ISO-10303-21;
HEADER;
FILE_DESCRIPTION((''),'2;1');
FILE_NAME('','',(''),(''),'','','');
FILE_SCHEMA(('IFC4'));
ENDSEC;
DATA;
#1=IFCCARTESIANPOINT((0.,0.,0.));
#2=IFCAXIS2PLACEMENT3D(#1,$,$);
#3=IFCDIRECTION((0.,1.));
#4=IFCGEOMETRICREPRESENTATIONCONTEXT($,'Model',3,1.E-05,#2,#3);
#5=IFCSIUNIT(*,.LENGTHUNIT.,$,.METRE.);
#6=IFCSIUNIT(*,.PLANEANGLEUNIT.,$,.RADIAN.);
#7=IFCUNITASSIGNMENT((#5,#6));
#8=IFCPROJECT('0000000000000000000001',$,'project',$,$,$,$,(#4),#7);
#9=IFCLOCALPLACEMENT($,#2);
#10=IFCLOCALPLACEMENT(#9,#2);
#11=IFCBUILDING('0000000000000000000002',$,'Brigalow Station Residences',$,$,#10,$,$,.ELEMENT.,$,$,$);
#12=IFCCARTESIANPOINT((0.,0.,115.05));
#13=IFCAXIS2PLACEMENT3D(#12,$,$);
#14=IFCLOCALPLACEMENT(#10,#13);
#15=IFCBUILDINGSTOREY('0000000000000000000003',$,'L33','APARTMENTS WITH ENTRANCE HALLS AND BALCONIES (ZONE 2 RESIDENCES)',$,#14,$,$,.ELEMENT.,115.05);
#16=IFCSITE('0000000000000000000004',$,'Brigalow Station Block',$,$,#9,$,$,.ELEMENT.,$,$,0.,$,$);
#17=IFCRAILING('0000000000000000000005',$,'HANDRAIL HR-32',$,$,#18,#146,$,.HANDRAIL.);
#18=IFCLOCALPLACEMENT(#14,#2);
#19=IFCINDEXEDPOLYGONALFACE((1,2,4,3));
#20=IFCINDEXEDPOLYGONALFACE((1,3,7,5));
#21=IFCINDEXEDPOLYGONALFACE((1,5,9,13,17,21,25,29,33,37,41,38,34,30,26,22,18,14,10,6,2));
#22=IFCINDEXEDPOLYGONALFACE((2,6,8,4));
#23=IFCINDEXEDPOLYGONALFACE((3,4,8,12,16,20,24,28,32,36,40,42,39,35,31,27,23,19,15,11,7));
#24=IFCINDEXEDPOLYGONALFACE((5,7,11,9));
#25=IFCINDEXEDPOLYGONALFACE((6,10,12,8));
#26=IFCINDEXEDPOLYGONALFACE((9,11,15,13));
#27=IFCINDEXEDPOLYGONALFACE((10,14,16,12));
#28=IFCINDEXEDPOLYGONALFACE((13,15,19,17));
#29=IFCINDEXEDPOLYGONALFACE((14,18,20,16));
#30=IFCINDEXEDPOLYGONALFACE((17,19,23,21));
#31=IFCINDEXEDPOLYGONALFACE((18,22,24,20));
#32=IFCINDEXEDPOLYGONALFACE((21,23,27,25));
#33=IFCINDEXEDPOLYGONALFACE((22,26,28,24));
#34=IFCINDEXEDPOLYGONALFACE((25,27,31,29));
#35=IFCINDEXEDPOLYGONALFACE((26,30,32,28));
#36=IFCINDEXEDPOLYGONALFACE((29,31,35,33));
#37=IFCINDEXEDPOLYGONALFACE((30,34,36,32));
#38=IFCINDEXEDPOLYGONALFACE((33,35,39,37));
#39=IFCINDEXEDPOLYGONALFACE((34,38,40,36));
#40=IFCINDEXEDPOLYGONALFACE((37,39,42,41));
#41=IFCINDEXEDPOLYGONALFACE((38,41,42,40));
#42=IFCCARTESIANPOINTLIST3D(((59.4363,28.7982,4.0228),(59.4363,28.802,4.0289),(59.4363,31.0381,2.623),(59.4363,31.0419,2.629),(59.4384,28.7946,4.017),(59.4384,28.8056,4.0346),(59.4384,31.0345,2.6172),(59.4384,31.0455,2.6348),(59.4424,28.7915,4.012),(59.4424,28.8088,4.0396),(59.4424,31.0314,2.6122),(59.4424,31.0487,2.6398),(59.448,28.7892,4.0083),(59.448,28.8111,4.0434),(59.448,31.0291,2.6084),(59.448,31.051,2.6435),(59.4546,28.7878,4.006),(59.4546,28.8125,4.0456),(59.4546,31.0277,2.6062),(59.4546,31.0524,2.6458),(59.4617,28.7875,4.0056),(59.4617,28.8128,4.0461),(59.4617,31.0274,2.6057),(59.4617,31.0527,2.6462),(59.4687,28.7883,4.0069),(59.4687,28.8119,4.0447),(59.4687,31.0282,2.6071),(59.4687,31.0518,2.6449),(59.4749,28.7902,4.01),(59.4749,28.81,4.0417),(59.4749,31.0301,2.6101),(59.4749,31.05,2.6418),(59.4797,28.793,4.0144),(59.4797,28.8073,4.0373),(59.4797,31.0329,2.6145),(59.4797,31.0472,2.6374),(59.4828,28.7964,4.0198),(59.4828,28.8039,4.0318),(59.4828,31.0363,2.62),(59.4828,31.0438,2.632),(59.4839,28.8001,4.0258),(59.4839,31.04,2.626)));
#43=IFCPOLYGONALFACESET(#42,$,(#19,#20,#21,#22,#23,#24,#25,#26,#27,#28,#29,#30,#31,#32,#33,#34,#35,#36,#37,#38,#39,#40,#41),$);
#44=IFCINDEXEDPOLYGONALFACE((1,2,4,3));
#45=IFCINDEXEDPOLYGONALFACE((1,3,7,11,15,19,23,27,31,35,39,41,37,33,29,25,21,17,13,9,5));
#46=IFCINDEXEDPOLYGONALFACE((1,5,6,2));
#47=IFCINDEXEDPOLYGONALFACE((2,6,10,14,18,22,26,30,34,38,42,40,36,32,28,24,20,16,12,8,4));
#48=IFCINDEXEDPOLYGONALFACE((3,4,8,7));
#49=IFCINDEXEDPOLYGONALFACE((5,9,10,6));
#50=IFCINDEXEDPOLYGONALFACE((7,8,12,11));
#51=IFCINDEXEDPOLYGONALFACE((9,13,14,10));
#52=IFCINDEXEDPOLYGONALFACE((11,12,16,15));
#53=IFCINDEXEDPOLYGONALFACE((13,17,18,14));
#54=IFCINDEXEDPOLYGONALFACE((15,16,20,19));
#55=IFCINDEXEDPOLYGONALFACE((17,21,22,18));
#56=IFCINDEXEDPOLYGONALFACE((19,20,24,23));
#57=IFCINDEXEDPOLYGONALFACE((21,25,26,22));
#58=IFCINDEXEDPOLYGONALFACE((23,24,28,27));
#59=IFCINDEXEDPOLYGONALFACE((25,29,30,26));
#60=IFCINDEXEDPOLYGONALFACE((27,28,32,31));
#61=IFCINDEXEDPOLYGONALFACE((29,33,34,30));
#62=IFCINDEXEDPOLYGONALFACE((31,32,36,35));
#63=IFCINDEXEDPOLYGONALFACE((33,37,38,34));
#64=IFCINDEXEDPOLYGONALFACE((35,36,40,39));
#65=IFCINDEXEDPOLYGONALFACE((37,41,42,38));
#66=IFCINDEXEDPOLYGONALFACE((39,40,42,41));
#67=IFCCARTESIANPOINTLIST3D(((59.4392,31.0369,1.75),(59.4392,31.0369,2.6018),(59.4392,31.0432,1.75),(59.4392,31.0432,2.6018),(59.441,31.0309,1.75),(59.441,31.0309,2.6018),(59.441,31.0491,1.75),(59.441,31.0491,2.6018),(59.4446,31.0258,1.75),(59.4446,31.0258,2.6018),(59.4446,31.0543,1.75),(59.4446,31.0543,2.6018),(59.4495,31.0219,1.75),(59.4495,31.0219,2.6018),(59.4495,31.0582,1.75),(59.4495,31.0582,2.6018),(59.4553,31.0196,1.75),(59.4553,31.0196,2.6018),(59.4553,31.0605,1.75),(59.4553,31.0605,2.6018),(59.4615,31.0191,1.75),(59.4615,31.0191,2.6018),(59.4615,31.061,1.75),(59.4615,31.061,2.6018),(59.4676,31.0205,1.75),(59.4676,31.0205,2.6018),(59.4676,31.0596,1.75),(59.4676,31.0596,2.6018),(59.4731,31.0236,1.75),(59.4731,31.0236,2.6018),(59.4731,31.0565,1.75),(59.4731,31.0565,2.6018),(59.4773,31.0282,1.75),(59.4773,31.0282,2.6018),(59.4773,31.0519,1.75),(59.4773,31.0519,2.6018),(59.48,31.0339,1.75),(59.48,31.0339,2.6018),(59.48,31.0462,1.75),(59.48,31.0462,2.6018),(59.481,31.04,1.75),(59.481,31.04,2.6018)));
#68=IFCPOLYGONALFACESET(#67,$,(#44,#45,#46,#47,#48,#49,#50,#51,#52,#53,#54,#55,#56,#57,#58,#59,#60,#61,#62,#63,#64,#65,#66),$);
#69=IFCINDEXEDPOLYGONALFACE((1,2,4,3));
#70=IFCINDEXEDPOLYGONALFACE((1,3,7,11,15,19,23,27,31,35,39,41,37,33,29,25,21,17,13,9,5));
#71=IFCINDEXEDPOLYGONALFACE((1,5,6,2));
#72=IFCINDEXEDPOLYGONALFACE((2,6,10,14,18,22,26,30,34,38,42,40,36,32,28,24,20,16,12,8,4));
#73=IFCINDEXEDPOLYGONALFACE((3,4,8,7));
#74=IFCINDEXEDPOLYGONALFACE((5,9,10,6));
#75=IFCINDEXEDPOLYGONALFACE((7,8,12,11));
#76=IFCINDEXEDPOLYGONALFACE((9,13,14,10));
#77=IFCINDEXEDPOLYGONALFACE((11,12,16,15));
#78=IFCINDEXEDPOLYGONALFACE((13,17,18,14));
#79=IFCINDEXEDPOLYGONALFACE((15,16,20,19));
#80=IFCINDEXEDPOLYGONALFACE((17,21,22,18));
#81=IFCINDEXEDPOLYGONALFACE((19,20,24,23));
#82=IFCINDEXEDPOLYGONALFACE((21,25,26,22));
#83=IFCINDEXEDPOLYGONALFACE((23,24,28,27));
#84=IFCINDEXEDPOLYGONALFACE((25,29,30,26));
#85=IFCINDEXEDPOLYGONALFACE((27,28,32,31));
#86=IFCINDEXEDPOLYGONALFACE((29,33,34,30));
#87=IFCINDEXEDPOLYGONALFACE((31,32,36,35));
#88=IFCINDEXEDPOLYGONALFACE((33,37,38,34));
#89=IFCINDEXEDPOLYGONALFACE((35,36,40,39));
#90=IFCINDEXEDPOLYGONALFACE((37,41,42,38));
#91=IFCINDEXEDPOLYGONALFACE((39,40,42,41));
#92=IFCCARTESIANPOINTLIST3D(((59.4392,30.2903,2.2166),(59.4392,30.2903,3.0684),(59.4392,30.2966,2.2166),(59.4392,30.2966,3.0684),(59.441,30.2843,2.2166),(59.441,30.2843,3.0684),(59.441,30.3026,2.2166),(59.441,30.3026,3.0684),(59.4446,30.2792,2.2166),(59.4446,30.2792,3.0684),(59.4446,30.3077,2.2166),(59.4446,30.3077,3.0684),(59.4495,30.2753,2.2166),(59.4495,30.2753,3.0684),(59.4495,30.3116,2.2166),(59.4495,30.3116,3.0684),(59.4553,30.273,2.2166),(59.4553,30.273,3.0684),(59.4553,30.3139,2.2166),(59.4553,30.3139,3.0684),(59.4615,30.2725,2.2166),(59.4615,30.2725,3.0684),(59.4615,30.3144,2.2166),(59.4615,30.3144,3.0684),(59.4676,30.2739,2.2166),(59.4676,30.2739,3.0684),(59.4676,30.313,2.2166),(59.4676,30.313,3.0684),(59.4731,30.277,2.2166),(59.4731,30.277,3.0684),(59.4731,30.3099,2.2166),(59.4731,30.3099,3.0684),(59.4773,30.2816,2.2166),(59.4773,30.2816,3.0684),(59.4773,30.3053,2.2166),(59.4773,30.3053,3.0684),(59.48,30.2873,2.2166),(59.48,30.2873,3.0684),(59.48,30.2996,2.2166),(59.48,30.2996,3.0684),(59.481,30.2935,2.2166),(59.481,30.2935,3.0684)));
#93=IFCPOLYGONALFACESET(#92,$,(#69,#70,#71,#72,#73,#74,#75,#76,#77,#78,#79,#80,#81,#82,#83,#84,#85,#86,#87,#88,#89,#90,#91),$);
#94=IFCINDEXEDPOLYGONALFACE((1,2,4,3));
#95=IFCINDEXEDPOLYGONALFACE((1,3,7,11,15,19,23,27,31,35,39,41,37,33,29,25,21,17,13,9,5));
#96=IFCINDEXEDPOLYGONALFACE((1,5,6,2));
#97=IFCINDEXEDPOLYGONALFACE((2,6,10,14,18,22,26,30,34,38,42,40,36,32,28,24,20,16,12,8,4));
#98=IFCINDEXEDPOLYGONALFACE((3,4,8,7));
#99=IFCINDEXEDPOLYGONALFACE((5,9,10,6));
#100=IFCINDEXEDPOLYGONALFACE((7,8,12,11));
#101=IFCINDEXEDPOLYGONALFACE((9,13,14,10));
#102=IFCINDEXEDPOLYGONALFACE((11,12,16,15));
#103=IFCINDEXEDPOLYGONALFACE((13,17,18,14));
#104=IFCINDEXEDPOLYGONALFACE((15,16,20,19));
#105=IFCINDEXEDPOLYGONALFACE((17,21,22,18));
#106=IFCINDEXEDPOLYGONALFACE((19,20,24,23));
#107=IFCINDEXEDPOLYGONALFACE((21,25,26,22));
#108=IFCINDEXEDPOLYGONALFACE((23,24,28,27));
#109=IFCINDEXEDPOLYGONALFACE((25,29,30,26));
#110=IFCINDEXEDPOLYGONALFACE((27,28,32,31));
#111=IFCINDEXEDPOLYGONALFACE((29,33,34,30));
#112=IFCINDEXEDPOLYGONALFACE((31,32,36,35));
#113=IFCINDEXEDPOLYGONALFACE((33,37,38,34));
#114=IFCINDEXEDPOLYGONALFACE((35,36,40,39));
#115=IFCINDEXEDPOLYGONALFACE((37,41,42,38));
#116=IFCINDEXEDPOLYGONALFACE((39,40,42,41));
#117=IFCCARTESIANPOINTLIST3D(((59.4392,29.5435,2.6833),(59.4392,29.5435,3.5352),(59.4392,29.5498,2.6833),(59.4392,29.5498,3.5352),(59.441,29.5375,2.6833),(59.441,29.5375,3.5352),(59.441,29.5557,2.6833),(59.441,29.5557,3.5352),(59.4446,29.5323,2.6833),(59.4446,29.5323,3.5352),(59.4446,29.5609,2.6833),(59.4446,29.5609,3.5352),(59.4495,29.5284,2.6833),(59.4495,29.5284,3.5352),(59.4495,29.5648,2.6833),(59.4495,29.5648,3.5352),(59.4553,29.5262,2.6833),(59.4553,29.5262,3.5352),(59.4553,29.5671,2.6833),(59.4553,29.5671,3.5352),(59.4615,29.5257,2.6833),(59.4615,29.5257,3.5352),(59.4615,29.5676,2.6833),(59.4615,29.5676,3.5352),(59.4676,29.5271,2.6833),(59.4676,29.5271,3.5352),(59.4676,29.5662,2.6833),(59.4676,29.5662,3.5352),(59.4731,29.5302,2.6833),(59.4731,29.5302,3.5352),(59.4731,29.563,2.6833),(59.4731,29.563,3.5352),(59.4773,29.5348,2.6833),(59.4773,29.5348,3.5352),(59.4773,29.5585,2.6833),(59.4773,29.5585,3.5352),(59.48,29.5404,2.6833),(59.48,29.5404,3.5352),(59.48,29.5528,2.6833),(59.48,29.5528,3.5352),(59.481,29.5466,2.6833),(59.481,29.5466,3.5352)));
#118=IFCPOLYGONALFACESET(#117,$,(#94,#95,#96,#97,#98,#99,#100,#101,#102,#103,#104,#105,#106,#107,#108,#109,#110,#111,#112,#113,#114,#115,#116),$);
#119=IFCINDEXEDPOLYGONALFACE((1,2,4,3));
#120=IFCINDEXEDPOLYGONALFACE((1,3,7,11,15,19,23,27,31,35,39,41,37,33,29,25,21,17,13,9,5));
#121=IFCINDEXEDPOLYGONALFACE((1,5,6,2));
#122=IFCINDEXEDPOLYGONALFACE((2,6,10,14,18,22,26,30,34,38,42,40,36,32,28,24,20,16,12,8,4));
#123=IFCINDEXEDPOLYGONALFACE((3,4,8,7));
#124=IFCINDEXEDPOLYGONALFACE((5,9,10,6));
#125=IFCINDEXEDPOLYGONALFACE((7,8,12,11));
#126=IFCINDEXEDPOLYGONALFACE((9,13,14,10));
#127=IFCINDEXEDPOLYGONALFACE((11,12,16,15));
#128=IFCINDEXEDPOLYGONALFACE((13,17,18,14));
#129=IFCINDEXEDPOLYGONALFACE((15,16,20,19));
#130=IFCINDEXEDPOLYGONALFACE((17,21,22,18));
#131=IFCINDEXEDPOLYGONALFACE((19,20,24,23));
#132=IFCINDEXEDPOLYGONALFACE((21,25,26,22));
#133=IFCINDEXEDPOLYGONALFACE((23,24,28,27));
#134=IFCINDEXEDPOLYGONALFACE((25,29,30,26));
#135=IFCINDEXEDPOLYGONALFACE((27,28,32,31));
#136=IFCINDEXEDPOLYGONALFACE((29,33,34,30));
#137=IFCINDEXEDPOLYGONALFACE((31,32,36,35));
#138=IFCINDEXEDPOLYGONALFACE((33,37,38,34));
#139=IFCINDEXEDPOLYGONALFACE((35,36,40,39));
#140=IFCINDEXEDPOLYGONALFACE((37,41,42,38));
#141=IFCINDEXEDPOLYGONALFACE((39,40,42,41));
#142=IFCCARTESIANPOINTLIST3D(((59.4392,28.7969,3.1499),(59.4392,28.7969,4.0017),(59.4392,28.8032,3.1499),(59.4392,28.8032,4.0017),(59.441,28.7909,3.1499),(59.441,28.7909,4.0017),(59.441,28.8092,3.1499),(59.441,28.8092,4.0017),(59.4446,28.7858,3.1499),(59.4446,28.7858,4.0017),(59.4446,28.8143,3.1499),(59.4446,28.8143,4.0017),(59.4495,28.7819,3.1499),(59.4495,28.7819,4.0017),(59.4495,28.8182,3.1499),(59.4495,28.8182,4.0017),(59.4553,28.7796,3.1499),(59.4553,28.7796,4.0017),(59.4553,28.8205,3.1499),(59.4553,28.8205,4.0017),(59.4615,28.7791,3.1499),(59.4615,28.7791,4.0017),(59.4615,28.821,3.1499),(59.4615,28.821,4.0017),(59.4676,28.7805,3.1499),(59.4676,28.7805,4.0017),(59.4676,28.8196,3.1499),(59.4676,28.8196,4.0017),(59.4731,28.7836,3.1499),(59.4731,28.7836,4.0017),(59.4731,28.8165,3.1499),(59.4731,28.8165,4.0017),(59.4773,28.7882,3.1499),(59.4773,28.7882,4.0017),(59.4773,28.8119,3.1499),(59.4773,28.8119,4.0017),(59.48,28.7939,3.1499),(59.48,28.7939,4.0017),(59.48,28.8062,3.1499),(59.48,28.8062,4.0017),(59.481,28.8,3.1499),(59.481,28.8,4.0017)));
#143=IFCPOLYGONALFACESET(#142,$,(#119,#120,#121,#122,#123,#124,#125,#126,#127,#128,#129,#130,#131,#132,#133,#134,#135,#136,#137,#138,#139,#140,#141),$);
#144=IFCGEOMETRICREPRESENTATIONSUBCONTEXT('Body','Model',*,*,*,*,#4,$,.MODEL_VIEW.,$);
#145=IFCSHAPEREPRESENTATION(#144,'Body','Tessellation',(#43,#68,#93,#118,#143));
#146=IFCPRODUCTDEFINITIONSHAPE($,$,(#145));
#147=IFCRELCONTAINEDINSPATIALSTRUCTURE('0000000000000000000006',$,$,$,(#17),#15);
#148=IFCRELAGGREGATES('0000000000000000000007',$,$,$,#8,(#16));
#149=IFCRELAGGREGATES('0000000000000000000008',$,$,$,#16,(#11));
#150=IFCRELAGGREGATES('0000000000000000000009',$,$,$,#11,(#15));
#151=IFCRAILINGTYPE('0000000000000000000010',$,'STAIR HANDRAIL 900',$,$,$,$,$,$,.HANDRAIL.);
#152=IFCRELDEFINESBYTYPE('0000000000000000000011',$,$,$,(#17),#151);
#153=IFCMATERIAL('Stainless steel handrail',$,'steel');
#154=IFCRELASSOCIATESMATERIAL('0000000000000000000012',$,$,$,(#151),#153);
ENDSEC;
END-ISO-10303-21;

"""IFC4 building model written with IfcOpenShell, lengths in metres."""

from ifc_helpers import new_model, si_unit, direction, frame, origin, origin_2d, place, context, subcontext, project, spatial, circle, extrude, material, type_object, element, save


model = new_model("IFC4")

# Units and contexts
model_context = context("Model", 3, precision=1e-05, world=origin(), true_north=direction((0.0, 1.0)))
body_context = subcontext(model_context, "Body", "Model", "MODEL_VIEW")
ifc_project = project(units=[si_unit("LENGTHUNIT", "METRE"), si_unit("PLANEANGLEUNIT", "RADIAN")], contexts=[model_context])

# Site, building, storey
site_placement = place(None, origin())
site = spatial("IfcSite", under=ifc_project, at=site_placement, Name="Brigalow Station Block", CompositionType="ELEMENT", RefElevation=0.0)
building_placement = place(site_placement, origin())
building = spatial("IfcBuilding", under=site, at=building_placement, Name="Brigalow Station Residences", CompositionType="ELEMENT")
storey_placement = place(building_placement, frame((0.0, 0.0, 115.05)))
storey = spatial("IfcBuildingStorey", under=building, at=storey_placement, Name="L33", Description="APARTMENTS WITH ENTRANCE HALLS AND BALCONIES (ZONE 2 RESIDENCES)", CompositionType="ELEMENT", Elevation=115.05)

# Railing
ifc_material_1 = material(Name="Stainless steel handrail", Category="steel")
railing_type = type_object("IfcRailingType", Name="STAIR HANDRAIL 900", PredefinedType="HANDRAIL", material=ifc_material_1)
railing_placement = place(storey_placement, frame((59.46, 31.04, 1.75)))
element("IfcRailing", 1, at=railing_placement, inside=storey, type_object=railing_type, Name="HANDRAIL HR-32", PredefinedType="HANDRAIL", context=body_context, shape_type="SweptSolid", body=[
    extrude(circle(Radius=0.0239, at=origin_2d()), frame((0.0, 0.0, 0.876), z_axis=(0.0, -0.848014, 0.529974), x_axis=(1.0, 0.0, 0.0)), (0.0, 0.0, 1.0), 2.6414),
    extrude(circle(Radius=0.021, at=origin_2d()), origin(), (0.0, 0.0, 1.0), 0.8518),
    extrude(circle(Radius=0.021, at=origin_2d()), frame((0.0, -0.7466, 0.4666)), (0.0, 0.0, 1.0), 0.8518),
    extrude(circle(Radius=0.021, at=origin_2d()), frame((0.0, -1.4934, 0.9333)), (0.0, 0.0, 1.0), 0.8518),
    extrude(circle(Radius=0.021, at=origin_2d()), frame((0.0, -2.24, 1.3999)), (0.0, 0.0, 1.0), 0.8518),
])

save(model, "model.ifc")
